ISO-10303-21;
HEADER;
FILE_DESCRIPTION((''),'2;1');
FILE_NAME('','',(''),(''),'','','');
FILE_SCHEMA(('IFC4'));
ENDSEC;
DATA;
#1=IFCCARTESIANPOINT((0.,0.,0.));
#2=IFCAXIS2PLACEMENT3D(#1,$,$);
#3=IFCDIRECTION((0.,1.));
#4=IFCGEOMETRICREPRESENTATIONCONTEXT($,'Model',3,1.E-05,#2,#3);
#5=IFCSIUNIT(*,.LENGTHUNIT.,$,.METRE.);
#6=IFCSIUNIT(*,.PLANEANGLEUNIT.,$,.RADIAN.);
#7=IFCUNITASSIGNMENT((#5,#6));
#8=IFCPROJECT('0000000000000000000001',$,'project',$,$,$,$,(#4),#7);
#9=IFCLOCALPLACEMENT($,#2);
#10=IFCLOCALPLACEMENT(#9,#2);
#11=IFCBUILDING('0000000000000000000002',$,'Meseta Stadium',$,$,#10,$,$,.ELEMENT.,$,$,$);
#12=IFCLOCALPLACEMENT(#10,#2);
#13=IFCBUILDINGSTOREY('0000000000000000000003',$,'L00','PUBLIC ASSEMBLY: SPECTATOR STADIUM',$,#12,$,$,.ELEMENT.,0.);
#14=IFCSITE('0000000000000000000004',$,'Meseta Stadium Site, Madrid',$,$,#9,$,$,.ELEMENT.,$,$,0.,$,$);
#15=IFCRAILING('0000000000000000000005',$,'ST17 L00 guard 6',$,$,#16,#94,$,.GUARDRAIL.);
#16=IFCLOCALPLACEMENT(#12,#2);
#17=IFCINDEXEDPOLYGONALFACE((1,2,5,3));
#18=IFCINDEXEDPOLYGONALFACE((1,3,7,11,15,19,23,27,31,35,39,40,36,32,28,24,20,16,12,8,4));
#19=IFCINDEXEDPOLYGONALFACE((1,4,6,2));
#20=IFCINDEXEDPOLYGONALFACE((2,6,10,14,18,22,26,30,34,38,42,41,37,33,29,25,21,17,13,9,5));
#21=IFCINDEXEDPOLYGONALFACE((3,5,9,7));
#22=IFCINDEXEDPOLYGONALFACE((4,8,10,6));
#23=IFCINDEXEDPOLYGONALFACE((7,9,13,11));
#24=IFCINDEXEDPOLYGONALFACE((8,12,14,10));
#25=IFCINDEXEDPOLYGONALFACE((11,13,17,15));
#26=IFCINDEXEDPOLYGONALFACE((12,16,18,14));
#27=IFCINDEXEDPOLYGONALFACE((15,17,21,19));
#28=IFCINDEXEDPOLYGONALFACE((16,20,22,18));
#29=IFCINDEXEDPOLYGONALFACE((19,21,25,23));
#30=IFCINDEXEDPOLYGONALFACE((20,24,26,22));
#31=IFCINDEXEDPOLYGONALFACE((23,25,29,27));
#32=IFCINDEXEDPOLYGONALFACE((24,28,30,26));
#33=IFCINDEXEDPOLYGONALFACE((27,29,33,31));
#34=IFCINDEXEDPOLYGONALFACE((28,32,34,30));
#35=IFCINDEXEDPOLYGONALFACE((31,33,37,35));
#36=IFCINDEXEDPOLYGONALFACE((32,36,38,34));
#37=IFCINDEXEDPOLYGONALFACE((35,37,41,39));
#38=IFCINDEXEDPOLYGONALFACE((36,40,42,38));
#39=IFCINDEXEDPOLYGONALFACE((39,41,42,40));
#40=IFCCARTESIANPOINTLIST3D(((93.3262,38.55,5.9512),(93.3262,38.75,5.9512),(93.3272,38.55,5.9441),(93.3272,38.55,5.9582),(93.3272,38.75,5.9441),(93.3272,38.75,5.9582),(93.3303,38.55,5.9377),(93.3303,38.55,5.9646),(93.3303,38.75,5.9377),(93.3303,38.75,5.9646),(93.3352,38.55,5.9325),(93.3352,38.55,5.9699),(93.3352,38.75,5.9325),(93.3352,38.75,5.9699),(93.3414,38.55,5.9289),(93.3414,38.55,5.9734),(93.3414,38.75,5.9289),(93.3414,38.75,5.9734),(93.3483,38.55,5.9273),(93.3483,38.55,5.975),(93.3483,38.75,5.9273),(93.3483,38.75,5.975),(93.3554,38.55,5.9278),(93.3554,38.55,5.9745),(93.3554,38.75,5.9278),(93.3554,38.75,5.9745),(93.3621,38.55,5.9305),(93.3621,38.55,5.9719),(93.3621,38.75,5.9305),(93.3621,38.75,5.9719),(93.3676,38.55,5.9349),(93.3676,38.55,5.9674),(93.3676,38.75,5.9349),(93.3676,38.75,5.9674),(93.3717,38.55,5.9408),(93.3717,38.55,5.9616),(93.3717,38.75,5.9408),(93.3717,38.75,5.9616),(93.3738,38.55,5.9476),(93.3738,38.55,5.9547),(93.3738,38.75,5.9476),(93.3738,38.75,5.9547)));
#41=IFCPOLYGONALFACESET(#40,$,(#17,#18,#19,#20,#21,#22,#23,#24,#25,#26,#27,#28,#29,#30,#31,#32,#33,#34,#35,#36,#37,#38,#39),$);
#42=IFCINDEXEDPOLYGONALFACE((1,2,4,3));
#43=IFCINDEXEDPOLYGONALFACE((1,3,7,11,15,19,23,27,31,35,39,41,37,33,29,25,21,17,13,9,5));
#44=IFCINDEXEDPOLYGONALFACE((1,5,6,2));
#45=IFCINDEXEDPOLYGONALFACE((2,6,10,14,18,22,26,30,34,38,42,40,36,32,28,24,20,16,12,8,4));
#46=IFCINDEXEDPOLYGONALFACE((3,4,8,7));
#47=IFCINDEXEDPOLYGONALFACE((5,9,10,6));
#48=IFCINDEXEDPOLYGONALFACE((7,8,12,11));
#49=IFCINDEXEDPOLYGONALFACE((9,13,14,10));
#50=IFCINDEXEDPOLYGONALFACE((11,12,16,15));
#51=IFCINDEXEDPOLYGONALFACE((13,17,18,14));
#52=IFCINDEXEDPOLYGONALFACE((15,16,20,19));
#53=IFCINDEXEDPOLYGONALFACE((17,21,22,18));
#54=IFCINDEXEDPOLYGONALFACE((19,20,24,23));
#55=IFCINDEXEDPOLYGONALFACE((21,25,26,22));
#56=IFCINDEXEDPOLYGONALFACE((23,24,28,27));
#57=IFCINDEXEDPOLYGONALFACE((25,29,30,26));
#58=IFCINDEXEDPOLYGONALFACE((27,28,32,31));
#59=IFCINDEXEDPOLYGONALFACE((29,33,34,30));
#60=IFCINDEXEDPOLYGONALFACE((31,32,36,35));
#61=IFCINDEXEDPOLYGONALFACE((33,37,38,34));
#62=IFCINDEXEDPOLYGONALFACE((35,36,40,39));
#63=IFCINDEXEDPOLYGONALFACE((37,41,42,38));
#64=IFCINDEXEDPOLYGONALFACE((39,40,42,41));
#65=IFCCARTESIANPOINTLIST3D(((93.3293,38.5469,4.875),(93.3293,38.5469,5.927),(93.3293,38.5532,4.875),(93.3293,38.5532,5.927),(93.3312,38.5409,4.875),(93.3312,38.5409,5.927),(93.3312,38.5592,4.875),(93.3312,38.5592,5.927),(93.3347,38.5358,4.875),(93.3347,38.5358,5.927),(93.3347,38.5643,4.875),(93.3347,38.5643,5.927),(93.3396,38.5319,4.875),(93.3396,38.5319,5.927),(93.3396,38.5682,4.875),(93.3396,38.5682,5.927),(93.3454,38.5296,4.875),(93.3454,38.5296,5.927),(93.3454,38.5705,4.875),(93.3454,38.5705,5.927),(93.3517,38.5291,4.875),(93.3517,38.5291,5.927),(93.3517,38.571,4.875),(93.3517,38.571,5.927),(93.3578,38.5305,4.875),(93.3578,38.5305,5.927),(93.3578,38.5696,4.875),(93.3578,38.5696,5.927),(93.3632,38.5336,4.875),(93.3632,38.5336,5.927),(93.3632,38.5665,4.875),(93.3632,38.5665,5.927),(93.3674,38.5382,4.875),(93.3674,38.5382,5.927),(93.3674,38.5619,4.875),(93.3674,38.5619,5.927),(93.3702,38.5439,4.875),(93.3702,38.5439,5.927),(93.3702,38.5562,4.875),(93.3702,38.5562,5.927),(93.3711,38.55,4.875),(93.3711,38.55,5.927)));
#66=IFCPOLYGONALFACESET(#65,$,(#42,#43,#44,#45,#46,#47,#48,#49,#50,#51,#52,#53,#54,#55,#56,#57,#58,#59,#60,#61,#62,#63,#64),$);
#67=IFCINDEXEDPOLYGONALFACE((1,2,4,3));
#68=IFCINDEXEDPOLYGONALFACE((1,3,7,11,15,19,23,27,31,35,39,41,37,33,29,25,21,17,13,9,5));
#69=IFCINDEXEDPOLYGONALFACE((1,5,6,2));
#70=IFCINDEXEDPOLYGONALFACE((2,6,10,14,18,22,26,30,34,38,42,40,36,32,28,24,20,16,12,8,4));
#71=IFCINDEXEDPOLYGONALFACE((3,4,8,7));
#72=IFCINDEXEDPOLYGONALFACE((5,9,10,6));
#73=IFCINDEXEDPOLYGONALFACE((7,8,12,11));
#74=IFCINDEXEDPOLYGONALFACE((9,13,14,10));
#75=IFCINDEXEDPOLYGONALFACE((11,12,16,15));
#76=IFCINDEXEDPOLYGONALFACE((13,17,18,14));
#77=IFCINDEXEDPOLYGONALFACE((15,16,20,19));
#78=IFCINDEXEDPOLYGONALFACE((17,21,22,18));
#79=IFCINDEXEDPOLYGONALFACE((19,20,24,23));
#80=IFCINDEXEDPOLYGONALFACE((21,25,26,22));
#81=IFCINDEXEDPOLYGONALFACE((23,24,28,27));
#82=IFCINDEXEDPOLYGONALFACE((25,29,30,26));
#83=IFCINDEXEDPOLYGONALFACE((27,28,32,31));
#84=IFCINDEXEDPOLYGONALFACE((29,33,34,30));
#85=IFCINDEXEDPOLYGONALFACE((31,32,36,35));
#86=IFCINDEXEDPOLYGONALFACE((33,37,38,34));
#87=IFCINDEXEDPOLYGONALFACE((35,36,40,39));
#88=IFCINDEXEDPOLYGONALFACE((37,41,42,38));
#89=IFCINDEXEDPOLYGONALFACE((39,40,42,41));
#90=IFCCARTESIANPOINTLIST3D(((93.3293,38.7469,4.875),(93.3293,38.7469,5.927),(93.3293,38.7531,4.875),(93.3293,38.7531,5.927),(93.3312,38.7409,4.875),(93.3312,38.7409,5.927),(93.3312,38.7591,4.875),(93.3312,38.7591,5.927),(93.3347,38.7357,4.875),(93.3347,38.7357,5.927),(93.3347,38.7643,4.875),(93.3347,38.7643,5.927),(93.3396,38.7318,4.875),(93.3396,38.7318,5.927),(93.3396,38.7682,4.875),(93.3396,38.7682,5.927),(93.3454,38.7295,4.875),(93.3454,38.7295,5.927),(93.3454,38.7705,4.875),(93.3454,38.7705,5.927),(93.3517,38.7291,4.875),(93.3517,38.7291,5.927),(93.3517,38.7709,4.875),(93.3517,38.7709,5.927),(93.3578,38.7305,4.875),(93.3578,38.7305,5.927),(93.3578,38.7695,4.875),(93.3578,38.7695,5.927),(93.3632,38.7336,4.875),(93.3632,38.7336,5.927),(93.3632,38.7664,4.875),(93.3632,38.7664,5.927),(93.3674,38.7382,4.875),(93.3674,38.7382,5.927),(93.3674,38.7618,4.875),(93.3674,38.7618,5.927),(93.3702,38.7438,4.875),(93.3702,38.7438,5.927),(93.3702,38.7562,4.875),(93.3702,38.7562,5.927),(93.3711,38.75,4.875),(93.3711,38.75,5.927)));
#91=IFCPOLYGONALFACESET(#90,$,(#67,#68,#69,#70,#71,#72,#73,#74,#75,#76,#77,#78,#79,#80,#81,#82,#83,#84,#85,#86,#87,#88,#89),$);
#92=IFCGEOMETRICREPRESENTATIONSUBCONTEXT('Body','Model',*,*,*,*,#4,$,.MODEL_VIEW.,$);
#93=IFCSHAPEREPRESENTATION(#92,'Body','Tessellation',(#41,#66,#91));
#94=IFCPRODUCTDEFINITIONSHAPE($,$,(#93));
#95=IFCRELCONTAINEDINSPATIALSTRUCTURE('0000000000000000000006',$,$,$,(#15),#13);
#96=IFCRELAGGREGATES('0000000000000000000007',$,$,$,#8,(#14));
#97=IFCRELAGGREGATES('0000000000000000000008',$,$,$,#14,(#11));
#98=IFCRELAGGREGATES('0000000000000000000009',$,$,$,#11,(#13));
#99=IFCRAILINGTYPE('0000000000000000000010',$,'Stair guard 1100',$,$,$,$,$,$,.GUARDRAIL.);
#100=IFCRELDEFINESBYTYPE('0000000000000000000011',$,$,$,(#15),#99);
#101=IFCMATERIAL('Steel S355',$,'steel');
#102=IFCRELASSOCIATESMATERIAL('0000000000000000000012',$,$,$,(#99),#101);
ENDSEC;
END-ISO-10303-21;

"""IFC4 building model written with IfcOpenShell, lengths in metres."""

from ifc_helpers import new_model, si_unit, direction, frame, origin, origin_2d, place, context, subcontext, project, spatial, circle, extrude, material, type_object, element, save


model = new_model("IFC4")

# Units and contexts
model_context = context("Model", 3, precision=1e-05, world=origin(), true_north=direction((0.0, 1.0)))
body_context = subcontext(model_context, "Body", "Model", "MODEL_VIEW")
ifc_project = project(units=[si_unit("LENGTHUNIT", "METRE"), si_unit("PLANEANGLEUNIT", "RADIAN")], contexts=[model_context])

# Site, building, storey
site_placement = place(None, origin())
site = spatial("IfcSite", under=ifc_project, at=site_placement, Name="Meseta Stadium Site, Madrid", CompositionType="ELEMENT", RefElevation=0.0)
building_placement = place(site_placement, origin())
building = spatial("IfcBuilding", under=site, at=building_placement, Name="Meseta Stadium", CompositionType="ELEMENT")
storey_placement = place(building_placement, origin())
storey = spatial("IfcBuildingStorey", under=building, at=storey_placement, Name="L00", Description="PUBLIC ASSEMBLY: SPECTATOR STADIUM", CompositionType="ELEMENT", Elevation=0.0)

# Railing
ifc_material_1 = material(Name="Steel S355", Category="steel")
railing_type_1 = type_object("IfcRailingType", Name="Stair guard 1100", PredefinedType="GUARDRAIL", material=ifc_material_1)
railing_1_placement = place(storey_placement, frame((93.3501, 38.55, 4.875)))
element("IfcRailing", 1, at=railing_1_placement, inside=storey, type_object=railing_type_1, Name="ST17 L00 guard 6", PredefinedType="GUARDRAIL", context=body_context, shape_type="SweptSolid", body=[
    extrude(circle(Radius=0.0239, at=origin_2d()), frame((0.0, 0.0, 1.0762), z_axis=(0.0, 1.0, 0.0), x_axis=(-1.0, 0.0, 0.0)), (0.0, 0.0, 1.0), 0.2),
    extrude(circle(Radius=0.021, at=origin_2d()), origin(), (0.0, 0.0, 1.0), 1.052),
    extrude(circle(Radius=0.021, at=origin_2d()), frame((0.0, 0.2, 0.0)), (0.0, 0.0, 1.0), 1.052),
])

save(model, "model.ifc")
